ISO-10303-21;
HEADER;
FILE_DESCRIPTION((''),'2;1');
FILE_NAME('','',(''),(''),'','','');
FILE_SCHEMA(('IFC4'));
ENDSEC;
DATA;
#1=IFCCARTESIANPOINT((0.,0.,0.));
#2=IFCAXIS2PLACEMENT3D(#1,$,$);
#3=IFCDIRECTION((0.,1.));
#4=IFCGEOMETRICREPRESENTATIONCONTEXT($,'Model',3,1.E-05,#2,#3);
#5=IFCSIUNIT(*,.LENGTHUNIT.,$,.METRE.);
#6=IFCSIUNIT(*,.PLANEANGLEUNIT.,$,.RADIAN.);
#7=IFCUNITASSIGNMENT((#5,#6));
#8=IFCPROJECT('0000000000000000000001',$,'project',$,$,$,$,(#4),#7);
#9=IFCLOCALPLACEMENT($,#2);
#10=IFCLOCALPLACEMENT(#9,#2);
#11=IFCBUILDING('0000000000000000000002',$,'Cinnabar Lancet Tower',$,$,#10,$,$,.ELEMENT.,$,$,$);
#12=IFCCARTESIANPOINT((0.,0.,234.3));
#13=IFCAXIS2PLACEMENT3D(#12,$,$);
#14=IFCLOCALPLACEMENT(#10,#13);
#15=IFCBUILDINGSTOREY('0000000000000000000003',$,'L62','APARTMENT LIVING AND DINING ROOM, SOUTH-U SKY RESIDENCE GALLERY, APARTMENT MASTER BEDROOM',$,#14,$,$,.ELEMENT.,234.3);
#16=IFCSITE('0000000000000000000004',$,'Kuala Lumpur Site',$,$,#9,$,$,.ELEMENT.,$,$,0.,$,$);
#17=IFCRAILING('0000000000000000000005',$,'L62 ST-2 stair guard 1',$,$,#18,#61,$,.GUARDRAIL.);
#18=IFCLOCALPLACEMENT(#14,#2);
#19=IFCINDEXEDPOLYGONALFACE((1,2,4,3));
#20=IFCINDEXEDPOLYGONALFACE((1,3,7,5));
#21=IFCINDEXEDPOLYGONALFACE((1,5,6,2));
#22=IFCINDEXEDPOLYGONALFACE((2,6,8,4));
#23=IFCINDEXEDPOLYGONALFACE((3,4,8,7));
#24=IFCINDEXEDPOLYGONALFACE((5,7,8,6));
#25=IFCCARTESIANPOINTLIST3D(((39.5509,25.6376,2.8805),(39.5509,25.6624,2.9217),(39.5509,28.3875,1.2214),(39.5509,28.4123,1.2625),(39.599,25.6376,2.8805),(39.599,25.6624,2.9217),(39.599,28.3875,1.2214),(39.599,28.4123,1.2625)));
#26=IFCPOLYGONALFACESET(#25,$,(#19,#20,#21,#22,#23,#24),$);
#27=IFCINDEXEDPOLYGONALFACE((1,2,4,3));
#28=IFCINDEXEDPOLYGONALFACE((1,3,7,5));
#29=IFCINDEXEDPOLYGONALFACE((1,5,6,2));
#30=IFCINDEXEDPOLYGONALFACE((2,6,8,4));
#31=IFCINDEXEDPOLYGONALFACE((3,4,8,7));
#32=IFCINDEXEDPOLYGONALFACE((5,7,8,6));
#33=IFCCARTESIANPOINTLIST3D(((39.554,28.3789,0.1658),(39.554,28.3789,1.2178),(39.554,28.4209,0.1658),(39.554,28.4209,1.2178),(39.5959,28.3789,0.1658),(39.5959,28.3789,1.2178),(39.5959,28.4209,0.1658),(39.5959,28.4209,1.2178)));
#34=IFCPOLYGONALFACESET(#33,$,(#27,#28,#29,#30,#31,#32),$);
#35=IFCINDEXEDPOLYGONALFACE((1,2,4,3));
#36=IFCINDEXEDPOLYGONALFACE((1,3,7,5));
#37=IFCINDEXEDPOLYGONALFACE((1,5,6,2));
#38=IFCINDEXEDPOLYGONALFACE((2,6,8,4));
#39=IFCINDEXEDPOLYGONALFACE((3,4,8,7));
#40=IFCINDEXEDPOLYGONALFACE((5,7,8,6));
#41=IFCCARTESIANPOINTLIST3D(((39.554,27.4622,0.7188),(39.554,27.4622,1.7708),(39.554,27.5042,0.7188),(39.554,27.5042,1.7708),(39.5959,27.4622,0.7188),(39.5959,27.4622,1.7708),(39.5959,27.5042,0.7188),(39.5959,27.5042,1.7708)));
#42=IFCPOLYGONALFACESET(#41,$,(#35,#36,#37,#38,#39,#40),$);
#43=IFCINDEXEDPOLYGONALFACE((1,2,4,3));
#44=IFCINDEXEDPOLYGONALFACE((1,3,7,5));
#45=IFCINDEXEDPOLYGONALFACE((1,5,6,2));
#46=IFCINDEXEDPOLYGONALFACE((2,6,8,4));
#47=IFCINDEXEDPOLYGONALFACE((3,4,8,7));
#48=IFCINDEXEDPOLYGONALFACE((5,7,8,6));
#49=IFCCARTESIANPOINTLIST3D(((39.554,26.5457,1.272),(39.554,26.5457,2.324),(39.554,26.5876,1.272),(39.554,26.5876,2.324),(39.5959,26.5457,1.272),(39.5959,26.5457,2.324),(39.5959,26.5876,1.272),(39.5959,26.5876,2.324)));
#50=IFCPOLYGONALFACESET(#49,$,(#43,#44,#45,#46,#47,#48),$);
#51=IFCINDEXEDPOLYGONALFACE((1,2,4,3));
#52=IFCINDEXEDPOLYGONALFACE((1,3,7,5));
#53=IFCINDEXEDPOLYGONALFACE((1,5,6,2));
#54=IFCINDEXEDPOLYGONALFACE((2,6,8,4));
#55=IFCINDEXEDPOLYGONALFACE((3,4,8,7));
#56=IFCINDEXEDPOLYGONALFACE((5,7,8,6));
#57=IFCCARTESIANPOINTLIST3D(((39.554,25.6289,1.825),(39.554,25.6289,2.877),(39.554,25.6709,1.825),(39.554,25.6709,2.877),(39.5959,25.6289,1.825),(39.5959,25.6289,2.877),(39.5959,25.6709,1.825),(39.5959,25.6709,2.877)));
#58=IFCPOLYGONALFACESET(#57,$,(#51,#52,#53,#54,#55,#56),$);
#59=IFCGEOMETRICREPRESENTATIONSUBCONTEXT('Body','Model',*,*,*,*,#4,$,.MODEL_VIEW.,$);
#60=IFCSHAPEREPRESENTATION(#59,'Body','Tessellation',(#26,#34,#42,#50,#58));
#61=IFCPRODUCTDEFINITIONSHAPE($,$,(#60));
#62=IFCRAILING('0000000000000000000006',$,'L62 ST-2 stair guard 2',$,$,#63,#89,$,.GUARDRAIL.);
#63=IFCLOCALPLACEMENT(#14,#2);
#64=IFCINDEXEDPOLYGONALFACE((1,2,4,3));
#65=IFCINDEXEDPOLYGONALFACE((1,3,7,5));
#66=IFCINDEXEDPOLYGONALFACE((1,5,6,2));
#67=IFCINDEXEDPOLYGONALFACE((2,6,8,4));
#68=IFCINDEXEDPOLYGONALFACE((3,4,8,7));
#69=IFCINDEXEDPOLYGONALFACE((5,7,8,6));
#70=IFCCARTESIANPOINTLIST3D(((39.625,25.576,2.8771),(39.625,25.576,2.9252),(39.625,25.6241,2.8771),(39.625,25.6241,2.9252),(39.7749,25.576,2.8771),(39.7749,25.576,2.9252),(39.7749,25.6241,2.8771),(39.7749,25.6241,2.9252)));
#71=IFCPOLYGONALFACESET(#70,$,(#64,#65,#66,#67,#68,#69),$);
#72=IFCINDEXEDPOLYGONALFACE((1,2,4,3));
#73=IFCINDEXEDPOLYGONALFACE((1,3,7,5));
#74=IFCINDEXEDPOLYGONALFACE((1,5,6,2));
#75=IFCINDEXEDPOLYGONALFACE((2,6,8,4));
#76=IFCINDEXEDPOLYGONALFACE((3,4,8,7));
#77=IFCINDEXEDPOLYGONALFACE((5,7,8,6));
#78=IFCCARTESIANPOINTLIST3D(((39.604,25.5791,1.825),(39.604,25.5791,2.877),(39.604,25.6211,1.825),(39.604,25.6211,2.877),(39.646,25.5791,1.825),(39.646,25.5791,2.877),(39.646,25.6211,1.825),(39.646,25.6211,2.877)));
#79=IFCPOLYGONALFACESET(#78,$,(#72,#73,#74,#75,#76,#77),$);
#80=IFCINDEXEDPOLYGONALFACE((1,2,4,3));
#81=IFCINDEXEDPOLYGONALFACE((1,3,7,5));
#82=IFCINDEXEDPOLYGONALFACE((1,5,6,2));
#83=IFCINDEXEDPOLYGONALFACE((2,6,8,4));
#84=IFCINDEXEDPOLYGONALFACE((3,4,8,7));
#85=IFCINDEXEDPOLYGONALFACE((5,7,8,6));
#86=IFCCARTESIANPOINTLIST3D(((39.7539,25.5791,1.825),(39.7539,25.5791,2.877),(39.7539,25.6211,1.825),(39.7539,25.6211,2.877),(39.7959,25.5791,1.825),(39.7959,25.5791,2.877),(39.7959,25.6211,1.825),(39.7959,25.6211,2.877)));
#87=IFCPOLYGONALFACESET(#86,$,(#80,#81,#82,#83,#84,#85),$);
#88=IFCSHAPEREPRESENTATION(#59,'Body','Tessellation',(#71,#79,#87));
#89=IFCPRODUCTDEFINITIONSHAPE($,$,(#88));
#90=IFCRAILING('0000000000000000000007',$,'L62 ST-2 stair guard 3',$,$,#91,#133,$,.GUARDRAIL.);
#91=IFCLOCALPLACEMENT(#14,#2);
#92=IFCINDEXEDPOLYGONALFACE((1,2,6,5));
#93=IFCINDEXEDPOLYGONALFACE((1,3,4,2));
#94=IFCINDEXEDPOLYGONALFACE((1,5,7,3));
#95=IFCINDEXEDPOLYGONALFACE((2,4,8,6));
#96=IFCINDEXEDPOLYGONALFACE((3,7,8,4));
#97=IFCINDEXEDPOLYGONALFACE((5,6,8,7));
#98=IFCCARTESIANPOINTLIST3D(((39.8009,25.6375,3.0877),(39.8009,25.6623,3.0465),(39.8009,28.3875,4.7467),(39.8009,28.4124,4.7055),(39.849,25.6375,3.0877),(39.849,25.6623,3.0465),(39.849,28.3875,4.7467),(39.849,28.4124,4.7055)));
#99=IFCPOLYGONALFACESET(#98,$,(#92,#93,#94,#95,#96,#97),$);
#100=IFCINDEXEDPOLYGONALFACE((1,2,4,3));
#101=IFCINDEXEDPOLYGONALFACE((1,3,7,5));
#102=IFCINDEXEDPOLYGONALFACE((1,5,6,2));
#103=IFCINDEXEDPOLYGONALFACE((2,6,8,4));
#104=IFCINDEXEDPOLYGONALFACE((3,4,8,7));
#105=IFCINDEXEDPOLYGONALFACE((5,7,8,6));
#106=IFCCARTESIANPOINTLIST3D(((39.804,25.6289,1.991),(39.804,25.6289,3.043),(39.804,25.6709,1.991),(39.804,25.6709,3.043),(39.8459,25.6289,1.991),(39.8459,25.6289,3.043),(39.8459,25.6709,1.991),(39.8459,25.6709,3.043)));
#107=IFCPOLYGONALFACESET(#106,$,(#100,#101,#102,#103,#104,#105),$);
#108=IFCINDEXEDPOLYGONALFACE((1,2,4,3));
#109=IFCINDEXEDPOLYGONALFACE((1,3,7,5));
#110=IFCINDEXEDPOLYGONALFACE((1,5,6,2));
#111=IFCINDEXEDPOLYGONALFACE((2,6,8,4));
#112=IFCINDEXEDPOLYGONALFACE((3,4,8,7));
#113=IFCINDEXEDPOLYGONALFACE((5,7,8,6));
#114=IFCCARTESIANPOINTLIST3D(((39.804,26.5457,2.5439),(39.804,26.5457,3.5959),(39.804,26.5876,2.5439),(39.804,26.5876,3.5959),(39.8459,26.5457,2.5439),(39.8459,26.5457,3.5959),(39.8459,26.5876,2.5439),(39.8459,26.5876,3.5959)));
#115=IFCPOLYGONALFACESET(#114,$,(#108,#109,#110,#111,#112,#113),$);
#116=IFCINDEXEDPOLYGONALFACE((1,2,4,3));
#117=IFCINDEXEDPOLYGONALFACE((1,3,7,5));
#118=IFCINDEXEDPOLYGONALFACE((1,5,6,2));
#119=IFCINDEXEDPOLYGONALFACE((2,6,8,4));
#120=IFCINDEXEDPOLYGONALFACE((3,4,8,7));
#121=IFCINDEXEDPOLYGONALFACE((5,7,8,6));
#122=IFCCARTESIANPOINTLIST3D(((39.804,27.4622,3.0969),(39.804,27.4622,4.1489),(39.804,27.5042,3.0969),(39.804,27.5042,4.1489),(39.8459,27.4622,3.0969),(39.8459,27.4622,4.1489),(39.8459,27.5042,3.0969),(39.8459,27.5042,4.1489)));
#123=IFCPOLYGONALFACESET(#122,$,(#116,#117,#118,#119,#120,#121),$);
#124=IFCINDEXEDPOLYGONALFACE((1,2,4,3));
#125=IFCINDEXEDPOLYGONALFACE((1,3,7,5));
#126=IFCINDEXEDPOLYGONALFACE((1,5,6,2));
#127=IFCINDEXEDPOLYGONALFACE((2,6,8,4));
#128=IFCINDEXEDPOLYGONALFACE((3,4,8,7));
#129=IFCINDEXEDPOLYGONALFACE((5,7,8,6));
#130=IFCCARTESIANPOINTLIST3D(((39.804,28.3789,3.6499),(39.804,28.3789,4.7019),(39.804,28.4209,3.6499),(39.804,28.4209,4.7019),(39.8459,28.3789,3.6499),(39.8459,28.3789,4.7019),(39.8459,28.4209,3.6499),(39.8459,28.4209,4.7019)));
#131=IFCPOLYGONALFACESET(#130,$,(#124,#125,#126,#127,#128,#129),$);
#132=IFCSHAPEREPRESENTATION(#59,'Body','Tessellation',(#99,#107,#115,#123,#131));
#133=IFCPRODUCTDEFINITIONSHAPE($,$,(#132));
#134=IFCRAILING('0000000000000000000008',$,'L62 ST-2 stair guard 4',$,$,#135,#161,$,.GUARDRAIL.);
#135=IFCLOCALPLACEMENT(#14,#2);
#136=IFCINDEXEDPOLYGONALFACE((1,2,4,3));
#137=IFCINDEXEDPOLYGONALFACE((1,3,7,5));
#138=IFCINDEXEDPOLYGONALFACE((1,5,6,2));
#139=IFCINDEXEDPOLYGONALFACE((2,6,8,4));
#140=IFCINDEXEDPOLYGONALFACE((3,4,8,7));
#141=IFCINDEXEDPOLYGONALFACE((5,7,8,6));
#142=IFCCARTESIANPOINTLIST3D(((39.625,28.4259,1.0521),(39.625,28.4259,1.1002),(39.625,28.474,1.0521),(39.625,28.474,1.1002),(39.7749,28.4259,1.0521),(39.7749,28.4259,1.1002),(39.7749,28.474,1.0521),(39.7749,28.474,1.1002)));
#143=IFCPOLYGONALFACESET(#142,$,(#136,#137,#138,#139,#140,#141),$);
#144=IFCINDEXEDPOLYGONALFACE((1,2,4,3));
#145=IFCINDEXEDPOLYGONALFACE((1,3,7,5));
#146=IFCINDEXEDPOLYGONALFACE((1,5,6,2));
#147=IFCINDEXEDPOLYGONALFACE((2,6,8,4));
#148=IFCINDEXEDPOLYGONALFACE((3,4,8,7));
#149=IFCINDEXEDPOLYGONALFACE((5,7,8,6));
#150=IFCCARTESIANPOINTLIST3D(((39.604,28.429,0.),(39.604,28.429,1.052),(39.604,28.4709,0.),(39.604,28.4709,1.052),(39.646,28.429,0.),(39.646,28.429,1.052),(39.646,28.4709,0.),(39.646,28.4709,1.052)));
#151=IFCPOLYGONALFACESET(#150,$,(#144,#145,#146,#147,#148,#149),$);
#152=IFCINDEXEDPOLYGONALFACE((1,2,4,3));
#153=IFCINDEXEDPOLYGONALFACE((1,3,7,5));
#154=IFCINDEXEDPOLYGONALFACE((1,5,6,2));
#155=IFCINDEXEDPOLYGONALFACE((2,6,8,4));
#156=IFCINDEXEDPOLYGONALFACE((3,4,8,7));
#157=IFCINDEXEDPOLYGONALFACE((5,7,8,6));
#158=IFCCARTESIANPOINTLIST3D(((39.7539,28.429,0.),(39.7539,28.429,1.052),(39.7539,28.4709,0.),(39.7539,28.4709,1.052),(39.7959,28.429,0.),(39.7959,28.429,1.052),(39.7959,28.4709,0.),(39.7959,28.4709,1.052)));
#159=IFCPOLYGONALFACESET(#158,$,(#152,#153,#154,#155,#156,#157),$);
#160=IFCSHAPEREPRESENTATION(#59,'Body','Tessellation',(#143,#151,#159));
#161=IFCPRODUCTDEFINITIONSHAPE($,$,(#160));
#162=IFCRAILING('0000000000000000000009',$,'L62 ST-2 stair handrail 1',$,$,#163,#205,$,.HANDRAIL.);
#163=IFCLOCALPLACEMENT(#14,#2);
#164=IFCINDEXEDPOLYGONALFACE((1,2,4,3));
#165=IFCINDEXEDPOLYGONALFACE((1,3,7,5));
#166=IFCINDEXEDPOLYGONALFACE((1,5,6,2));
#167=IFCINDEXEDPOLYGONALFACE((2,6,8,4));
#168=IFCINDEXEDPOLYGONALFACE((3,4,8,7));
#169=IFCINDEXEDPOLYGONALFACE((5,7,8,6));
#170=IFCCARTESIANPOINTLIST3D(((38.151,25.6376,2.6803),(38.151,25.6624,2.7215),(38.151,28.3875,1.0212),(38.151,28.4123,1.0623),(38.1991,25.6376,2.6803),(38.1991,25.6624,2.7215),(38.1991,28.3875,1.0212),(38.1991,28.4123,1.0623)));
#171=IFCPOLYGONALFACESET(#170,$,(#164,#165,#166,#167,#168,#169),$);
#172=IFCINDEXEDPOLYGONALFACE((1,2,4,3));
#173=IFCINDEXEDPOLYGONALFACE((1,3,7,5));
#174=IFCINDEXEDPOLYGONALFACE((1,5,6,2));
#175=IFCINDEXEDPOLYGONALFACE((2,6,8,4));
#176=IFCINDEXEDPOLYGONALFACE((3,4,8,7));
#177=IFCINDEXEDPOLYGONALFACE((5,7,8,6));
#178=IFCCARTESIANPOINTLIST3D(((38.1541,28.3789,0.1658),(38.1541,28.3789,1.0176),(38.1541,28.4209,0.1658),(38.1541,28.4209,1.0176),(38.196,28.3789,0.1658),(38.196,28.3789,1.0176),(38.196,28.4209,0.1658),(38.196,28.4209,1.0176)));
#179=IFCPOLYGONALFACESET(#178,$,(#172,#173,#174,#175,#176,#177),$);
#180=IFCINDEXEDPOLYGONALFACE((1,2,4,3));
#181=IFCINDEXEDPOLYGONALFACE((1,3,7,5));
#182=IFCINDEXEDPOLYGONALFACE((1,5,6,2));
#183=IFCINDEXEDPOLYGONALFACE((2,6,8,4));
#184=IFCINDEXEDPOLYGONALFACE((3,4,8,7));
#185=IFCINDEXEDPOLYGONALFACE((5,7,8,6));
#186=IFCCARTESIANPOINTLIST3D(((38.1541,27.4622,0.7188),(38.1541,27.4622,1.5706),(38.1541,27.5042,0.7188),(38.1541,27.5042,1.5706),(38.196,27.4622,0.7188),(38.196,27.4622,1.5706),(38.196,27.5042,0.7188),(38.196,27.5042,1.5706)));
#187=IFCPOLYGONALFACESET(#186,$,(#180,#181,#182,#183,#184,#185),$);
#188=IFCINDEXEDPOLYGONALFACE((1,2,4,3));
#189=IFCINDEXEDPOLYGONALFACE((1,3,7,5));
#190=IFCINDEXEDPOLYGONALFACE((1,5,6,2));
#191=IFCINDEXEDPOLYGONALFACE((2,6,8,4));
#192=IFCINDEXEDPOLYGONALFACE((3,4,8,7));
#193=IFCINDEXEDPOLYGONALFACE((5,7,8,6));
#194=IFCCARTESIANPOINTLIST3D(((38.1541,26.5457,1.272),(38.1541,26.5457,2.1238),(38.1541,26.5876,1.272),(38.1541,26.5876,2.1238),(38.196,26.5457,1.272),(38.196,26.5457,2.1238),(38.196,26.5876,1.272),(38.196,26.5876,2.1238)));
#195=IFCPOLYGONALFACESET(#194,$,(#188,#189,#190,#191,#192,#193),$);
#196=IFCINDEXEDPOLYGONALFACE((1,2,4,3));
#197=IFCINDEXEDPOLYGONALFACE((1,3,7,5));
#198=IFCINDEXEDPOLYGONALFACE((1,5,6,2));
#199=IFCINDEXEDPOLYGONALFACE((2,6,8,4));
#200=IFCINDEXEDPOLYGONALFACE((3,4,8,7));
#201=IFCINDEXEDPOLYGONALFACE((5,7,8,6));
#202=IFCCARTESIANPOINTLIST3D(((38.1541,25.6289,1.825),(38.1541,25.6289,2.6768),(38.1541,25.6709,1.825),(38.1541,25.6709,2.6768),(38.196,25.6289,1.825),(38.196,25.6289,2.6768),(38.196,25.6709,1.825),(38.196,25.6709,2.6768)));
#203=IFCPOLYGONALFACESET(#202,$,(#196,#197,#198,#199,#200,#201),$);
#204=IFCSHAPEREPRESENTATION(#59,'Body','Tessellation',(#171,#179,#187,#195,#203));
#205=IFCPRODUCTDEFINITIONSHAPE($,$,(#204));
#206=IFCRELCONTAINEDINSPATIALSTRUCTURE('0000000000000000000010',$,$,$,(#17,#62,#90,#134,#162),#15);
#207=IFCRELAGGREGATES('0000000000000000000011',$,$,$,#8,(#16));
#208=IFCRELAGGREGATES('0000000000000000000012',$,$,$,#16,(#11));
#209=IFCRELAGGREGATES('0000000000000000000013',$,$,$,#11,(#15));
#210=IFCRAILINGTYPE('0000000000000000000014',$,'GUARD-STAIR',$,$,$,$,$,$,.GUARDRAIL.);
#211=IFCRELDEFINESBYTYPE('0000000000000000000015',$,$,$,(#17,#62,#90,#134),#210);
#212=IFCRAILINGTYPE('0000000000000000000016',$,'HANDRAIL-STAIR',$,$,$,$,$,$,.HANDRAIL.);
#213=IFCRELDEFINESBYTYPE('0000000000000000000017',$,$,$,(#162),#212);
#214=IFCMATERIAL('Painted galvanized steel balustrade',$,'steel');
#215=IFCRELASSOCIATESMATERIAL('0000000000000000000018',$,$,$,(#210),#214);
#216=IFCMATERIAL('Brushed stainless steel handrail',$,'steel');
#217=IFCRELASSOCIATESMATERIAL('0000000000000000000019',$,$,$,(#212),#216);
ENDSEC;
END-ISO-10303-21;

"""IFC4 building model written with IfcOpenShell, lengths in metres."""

from ifc_helpers import new_model, si_unit, direction, frame, origin, origin_2d, place, context, subcontext, project, spatial, rectangle, extrude, material, type_object, element, save


model = new_model("IFC4")

# Units and contexts
model_context = context("Model", 3, precision=1e-05, world=origin(), true_north=direction((0.0, 1.0)))
body_context = subcontext(model_context, "Body", "Model", "MODEL_VIEW")
ifc_project = project(units=[si_unit("LENGTHUNIT", "METRE"), si_unit("PLANEANGLEUNIT", "RADIAN")], contexts=[model_context])

# Site, building, storey
site_placement = place(None, origin())
site = spatial("IfcSite", under=ifc_project, at=site_placement, Name="Kuala Lumpur Site", CompositionType="ELEMENT", RefElevation=0.0)
building_placement = place(site_placement, origin())
building = spatial("IfcBuilding", under=site, at=building_placement, Name="Cinnabar Lancet Tower", CompositionType="ELEMENT")
storey_placement = place(building_placement, frame((0.0, 0.0, 234.3)))
storey = spatial("IfcBuildingStorey", under=building, at=storey_placement, Name="L62", Description="APARTMENT LIVING AND DINING ROOM, SOUTH-U SKY RESIDENCE GALLERY, APARTMENT MASTER BEDROOM", CompositionType="ELEMENT", Elevation=234.3)

# Railings
ifc_material_1 = material(Name="Painted galvanized steel balustrade", Category="steel")
railing_type_1 = type_object("IfcRailingType", Name="GUARD-STAIR", PredefinedType="GUARDRAIL", material=ifc_material_1)
railing_1_placement = place(storey_placement, frame((39.575, 28.3999, 0.1658)))
element("IfcRailing", 1, at=railing_1_placement, inside=storey, type_object=railing_type_1, Name="L62 ST-2 stair guard 1", PredefinedType="GUARDRAIL", context=body_context, shape_type="SweptSolid", body=[
    extrude(rectangle(XDim=0.0481, YDim=0.0481, at=origin_2d()), frame((0.0, 0.0, 1.0762), z_axis=(0.0, -0.856229, 0.516596), x_axis=(1.0, 0.0, 0.0)), (0.0, 0.0, 1.0), 3.2117),
    extrude(rectangle(XDim=0.042, YDim=0.042, at=origin_2d()), origin(), (0.0, 0.0, 1.0), 1.052),
    extrude(rectangle(XDim=0.042, YDim=0.042, at=origin_2d()), frame((0.0, -0.9167, 0.553)), (0.0, 0.0, 1.0), 1.052),
    extrude(rectangle(XDim=0.042, YDim=0.042, at=origin_2d()), frame((0.0, -1.8333, 1.1062)), (0.0, 0.0, 1.0), 1.052),
    extrude(rectangle(XDim=0.042, YDim=0.042, at=origin_2d()), frame((0.0, -2.75, 1.6592)), (0.0, 0.0, 1.0), 1.052),
])
railing_2_placement = place(storey_placement, frame((39.625, 25.6001, 1.825)))
element("IfcRailing", 2, at=railing_2_placement, inside=storey, type_object=railing_type_1, Name="L62 ST-2 stair guard 2", PredefinedType="GUARDRAIL", context=body_context, shape_type="SweptSolid", body=[
    extrude(rectangle(XDim=0.0481, YDim=0.0481, at=origin_2d()), frame((0.0, 0.0, 1.0762), z_axis=(1.0, 0.0, 0.0), x_axis=(0.0, 1.0, 0.0)), (0.0, 0.0, 1.0), 0.1499),
    extrude(rectangle(XDim=0.042, YDim=0.042, at=origin_2d()), origin(), (0.0, 0.0, 1.0), 1.052),
    extrude(rectangle(XDim=0.042, YDim=0.042, at=origin_2d()), frame((0.1499, 0.0, 0.0)), (0.0, 0.0, 1.0), 1.052),
])
railing_3_placement = place(storey_placement, frame((39.825, 25.6499, 1.991)))
element("IfcRailing", 3, at=railing_3_placement, inside=storey, type_object=railing_type_1, Name="L62 ST-2 stair guard 3", PredefinedType="GUARDRAIL", context=body_context, shape_type="SweptSolid", body=[
    extrude(rectangle(XDim=0.0481, YDim=0.0481, at=origin_2d()), frame((0.0, 0.0, 1.0762), z_axis=(0.0, 0.856263, 0.51654), x_axis=(-1.0, 0.0, 0.0)), (0.0, 0.0, 1.0), 3.2117),
    extrude(rectangle(XDim=0.042, YDim=0.042, at=origin_2d()), origin(), (0.0, 0.0, 1.0), 1.052),
    extrude(rectangle(XDim=0.042, YDim=0.042, at=origin_2d()), frame((0.0, 0.9167, 0.553)), (0.0, 0.0, 1.0), 1.052),
    extrude(rectangle(XDim=0.042, YDim=0.042, at=origin_2d()), frame((0.0, 1.8333, 1.106)), (0.0, 0.0, 1.0), 1.052),
    extrude(rectangle(XDim=0.042, YDim=0.042, at=origin_2d()), frame((0.0, 2.75, 1.6589)), (0.0, 0.0, 1.0), 1.052),
])
railing_4_placement = place(storey_placement, frame((39.625, 28.45, 0.0)))
element("IfcRailing", 4, at=railing_4_placement, inside=storey, type_object=railing_type_1, Name="L62 ST-2 stair guard 4", PredefinedType="GUARDRAIL", context=body_context, shape_type="SweptSolid", body=[
    extrude(rectangle(XDim=0.0481, YDim=0.0481, at=origin_2d()), frame((0.0, 0.0, 1.0762), z_axis=(1.0, 0.0, 0.0), x_axis=(0.0, 1.0, 0.0)), (0.0, 0.0, 1.0), 0.1499),
    extrude(rectangle(XDim=0.042, YDim=0.042, at=origin_2d()), origin(), (0.0, 0.0, 1.0), 1.052),
    extrude(rectangle(XDim=0.042, YDim=0.042, at=origin_2d()), frame((0.1499, 0.0, 0.0)), (0.0, 0.0, 1.0), 1.052),
])
ifc_material_2 = material(Name="Brushed stainless steel handrail", Category="steel")
railing_type_2 = type_object("IfcRailingType", Name="HANDRAIL-STAIR", PredefinedType="HANDRAIL", material=ifc_material_2)
railing_5_placement = place(storey_placement, frame((38.175, 28.3999, 0.1658)))
element("IfcRailing", 5, at=railing_5_placement, inside=storey, type_object=railing_type_2, Name="L62 ST-2 stair handrail 1", PredefinedType="HANDRAIL", context=body_context, shape_type="SweptSolid", body=[
    extrude(rectangle(XDim=0.0481, YDim=0.0481, at=origin_2d()), frame((0.0, 0.0, 0.876), z_axis=(0.0, -0.856229, 0.516596), x_axis=(1.0, 0.0, 0.0)), (0.0, 0.0, 1.0), 3.2117),
    extrude(rectangle(XDim=0.042, YDim=0.042, at=origin_2d()), origin(), (0.0, 0.0, 1.0), 0.8518),
    extrude(rectangle(XDim=0.042, YDim=0.042, at=origin_2d()), frame((0.0, -0.9167, 0.553)), (0.0, 0.0, 1.0), 0.8518),
    extrude(rectangle(XDim=0.042, YDim=0.042, at=origin_2d()), frame((0.0, -1.8333, 1.1062)), (0.0, 0.0, 1.0), 0.8518),
    extrude(rectangle(XDim=0.042, YDim=0.042, at=origin_2d()), frame((0.0, -2.75, 1.6592)), (0.0, 0.0, 1.0), 0.8518),
])

save(model, "model.ifc")
